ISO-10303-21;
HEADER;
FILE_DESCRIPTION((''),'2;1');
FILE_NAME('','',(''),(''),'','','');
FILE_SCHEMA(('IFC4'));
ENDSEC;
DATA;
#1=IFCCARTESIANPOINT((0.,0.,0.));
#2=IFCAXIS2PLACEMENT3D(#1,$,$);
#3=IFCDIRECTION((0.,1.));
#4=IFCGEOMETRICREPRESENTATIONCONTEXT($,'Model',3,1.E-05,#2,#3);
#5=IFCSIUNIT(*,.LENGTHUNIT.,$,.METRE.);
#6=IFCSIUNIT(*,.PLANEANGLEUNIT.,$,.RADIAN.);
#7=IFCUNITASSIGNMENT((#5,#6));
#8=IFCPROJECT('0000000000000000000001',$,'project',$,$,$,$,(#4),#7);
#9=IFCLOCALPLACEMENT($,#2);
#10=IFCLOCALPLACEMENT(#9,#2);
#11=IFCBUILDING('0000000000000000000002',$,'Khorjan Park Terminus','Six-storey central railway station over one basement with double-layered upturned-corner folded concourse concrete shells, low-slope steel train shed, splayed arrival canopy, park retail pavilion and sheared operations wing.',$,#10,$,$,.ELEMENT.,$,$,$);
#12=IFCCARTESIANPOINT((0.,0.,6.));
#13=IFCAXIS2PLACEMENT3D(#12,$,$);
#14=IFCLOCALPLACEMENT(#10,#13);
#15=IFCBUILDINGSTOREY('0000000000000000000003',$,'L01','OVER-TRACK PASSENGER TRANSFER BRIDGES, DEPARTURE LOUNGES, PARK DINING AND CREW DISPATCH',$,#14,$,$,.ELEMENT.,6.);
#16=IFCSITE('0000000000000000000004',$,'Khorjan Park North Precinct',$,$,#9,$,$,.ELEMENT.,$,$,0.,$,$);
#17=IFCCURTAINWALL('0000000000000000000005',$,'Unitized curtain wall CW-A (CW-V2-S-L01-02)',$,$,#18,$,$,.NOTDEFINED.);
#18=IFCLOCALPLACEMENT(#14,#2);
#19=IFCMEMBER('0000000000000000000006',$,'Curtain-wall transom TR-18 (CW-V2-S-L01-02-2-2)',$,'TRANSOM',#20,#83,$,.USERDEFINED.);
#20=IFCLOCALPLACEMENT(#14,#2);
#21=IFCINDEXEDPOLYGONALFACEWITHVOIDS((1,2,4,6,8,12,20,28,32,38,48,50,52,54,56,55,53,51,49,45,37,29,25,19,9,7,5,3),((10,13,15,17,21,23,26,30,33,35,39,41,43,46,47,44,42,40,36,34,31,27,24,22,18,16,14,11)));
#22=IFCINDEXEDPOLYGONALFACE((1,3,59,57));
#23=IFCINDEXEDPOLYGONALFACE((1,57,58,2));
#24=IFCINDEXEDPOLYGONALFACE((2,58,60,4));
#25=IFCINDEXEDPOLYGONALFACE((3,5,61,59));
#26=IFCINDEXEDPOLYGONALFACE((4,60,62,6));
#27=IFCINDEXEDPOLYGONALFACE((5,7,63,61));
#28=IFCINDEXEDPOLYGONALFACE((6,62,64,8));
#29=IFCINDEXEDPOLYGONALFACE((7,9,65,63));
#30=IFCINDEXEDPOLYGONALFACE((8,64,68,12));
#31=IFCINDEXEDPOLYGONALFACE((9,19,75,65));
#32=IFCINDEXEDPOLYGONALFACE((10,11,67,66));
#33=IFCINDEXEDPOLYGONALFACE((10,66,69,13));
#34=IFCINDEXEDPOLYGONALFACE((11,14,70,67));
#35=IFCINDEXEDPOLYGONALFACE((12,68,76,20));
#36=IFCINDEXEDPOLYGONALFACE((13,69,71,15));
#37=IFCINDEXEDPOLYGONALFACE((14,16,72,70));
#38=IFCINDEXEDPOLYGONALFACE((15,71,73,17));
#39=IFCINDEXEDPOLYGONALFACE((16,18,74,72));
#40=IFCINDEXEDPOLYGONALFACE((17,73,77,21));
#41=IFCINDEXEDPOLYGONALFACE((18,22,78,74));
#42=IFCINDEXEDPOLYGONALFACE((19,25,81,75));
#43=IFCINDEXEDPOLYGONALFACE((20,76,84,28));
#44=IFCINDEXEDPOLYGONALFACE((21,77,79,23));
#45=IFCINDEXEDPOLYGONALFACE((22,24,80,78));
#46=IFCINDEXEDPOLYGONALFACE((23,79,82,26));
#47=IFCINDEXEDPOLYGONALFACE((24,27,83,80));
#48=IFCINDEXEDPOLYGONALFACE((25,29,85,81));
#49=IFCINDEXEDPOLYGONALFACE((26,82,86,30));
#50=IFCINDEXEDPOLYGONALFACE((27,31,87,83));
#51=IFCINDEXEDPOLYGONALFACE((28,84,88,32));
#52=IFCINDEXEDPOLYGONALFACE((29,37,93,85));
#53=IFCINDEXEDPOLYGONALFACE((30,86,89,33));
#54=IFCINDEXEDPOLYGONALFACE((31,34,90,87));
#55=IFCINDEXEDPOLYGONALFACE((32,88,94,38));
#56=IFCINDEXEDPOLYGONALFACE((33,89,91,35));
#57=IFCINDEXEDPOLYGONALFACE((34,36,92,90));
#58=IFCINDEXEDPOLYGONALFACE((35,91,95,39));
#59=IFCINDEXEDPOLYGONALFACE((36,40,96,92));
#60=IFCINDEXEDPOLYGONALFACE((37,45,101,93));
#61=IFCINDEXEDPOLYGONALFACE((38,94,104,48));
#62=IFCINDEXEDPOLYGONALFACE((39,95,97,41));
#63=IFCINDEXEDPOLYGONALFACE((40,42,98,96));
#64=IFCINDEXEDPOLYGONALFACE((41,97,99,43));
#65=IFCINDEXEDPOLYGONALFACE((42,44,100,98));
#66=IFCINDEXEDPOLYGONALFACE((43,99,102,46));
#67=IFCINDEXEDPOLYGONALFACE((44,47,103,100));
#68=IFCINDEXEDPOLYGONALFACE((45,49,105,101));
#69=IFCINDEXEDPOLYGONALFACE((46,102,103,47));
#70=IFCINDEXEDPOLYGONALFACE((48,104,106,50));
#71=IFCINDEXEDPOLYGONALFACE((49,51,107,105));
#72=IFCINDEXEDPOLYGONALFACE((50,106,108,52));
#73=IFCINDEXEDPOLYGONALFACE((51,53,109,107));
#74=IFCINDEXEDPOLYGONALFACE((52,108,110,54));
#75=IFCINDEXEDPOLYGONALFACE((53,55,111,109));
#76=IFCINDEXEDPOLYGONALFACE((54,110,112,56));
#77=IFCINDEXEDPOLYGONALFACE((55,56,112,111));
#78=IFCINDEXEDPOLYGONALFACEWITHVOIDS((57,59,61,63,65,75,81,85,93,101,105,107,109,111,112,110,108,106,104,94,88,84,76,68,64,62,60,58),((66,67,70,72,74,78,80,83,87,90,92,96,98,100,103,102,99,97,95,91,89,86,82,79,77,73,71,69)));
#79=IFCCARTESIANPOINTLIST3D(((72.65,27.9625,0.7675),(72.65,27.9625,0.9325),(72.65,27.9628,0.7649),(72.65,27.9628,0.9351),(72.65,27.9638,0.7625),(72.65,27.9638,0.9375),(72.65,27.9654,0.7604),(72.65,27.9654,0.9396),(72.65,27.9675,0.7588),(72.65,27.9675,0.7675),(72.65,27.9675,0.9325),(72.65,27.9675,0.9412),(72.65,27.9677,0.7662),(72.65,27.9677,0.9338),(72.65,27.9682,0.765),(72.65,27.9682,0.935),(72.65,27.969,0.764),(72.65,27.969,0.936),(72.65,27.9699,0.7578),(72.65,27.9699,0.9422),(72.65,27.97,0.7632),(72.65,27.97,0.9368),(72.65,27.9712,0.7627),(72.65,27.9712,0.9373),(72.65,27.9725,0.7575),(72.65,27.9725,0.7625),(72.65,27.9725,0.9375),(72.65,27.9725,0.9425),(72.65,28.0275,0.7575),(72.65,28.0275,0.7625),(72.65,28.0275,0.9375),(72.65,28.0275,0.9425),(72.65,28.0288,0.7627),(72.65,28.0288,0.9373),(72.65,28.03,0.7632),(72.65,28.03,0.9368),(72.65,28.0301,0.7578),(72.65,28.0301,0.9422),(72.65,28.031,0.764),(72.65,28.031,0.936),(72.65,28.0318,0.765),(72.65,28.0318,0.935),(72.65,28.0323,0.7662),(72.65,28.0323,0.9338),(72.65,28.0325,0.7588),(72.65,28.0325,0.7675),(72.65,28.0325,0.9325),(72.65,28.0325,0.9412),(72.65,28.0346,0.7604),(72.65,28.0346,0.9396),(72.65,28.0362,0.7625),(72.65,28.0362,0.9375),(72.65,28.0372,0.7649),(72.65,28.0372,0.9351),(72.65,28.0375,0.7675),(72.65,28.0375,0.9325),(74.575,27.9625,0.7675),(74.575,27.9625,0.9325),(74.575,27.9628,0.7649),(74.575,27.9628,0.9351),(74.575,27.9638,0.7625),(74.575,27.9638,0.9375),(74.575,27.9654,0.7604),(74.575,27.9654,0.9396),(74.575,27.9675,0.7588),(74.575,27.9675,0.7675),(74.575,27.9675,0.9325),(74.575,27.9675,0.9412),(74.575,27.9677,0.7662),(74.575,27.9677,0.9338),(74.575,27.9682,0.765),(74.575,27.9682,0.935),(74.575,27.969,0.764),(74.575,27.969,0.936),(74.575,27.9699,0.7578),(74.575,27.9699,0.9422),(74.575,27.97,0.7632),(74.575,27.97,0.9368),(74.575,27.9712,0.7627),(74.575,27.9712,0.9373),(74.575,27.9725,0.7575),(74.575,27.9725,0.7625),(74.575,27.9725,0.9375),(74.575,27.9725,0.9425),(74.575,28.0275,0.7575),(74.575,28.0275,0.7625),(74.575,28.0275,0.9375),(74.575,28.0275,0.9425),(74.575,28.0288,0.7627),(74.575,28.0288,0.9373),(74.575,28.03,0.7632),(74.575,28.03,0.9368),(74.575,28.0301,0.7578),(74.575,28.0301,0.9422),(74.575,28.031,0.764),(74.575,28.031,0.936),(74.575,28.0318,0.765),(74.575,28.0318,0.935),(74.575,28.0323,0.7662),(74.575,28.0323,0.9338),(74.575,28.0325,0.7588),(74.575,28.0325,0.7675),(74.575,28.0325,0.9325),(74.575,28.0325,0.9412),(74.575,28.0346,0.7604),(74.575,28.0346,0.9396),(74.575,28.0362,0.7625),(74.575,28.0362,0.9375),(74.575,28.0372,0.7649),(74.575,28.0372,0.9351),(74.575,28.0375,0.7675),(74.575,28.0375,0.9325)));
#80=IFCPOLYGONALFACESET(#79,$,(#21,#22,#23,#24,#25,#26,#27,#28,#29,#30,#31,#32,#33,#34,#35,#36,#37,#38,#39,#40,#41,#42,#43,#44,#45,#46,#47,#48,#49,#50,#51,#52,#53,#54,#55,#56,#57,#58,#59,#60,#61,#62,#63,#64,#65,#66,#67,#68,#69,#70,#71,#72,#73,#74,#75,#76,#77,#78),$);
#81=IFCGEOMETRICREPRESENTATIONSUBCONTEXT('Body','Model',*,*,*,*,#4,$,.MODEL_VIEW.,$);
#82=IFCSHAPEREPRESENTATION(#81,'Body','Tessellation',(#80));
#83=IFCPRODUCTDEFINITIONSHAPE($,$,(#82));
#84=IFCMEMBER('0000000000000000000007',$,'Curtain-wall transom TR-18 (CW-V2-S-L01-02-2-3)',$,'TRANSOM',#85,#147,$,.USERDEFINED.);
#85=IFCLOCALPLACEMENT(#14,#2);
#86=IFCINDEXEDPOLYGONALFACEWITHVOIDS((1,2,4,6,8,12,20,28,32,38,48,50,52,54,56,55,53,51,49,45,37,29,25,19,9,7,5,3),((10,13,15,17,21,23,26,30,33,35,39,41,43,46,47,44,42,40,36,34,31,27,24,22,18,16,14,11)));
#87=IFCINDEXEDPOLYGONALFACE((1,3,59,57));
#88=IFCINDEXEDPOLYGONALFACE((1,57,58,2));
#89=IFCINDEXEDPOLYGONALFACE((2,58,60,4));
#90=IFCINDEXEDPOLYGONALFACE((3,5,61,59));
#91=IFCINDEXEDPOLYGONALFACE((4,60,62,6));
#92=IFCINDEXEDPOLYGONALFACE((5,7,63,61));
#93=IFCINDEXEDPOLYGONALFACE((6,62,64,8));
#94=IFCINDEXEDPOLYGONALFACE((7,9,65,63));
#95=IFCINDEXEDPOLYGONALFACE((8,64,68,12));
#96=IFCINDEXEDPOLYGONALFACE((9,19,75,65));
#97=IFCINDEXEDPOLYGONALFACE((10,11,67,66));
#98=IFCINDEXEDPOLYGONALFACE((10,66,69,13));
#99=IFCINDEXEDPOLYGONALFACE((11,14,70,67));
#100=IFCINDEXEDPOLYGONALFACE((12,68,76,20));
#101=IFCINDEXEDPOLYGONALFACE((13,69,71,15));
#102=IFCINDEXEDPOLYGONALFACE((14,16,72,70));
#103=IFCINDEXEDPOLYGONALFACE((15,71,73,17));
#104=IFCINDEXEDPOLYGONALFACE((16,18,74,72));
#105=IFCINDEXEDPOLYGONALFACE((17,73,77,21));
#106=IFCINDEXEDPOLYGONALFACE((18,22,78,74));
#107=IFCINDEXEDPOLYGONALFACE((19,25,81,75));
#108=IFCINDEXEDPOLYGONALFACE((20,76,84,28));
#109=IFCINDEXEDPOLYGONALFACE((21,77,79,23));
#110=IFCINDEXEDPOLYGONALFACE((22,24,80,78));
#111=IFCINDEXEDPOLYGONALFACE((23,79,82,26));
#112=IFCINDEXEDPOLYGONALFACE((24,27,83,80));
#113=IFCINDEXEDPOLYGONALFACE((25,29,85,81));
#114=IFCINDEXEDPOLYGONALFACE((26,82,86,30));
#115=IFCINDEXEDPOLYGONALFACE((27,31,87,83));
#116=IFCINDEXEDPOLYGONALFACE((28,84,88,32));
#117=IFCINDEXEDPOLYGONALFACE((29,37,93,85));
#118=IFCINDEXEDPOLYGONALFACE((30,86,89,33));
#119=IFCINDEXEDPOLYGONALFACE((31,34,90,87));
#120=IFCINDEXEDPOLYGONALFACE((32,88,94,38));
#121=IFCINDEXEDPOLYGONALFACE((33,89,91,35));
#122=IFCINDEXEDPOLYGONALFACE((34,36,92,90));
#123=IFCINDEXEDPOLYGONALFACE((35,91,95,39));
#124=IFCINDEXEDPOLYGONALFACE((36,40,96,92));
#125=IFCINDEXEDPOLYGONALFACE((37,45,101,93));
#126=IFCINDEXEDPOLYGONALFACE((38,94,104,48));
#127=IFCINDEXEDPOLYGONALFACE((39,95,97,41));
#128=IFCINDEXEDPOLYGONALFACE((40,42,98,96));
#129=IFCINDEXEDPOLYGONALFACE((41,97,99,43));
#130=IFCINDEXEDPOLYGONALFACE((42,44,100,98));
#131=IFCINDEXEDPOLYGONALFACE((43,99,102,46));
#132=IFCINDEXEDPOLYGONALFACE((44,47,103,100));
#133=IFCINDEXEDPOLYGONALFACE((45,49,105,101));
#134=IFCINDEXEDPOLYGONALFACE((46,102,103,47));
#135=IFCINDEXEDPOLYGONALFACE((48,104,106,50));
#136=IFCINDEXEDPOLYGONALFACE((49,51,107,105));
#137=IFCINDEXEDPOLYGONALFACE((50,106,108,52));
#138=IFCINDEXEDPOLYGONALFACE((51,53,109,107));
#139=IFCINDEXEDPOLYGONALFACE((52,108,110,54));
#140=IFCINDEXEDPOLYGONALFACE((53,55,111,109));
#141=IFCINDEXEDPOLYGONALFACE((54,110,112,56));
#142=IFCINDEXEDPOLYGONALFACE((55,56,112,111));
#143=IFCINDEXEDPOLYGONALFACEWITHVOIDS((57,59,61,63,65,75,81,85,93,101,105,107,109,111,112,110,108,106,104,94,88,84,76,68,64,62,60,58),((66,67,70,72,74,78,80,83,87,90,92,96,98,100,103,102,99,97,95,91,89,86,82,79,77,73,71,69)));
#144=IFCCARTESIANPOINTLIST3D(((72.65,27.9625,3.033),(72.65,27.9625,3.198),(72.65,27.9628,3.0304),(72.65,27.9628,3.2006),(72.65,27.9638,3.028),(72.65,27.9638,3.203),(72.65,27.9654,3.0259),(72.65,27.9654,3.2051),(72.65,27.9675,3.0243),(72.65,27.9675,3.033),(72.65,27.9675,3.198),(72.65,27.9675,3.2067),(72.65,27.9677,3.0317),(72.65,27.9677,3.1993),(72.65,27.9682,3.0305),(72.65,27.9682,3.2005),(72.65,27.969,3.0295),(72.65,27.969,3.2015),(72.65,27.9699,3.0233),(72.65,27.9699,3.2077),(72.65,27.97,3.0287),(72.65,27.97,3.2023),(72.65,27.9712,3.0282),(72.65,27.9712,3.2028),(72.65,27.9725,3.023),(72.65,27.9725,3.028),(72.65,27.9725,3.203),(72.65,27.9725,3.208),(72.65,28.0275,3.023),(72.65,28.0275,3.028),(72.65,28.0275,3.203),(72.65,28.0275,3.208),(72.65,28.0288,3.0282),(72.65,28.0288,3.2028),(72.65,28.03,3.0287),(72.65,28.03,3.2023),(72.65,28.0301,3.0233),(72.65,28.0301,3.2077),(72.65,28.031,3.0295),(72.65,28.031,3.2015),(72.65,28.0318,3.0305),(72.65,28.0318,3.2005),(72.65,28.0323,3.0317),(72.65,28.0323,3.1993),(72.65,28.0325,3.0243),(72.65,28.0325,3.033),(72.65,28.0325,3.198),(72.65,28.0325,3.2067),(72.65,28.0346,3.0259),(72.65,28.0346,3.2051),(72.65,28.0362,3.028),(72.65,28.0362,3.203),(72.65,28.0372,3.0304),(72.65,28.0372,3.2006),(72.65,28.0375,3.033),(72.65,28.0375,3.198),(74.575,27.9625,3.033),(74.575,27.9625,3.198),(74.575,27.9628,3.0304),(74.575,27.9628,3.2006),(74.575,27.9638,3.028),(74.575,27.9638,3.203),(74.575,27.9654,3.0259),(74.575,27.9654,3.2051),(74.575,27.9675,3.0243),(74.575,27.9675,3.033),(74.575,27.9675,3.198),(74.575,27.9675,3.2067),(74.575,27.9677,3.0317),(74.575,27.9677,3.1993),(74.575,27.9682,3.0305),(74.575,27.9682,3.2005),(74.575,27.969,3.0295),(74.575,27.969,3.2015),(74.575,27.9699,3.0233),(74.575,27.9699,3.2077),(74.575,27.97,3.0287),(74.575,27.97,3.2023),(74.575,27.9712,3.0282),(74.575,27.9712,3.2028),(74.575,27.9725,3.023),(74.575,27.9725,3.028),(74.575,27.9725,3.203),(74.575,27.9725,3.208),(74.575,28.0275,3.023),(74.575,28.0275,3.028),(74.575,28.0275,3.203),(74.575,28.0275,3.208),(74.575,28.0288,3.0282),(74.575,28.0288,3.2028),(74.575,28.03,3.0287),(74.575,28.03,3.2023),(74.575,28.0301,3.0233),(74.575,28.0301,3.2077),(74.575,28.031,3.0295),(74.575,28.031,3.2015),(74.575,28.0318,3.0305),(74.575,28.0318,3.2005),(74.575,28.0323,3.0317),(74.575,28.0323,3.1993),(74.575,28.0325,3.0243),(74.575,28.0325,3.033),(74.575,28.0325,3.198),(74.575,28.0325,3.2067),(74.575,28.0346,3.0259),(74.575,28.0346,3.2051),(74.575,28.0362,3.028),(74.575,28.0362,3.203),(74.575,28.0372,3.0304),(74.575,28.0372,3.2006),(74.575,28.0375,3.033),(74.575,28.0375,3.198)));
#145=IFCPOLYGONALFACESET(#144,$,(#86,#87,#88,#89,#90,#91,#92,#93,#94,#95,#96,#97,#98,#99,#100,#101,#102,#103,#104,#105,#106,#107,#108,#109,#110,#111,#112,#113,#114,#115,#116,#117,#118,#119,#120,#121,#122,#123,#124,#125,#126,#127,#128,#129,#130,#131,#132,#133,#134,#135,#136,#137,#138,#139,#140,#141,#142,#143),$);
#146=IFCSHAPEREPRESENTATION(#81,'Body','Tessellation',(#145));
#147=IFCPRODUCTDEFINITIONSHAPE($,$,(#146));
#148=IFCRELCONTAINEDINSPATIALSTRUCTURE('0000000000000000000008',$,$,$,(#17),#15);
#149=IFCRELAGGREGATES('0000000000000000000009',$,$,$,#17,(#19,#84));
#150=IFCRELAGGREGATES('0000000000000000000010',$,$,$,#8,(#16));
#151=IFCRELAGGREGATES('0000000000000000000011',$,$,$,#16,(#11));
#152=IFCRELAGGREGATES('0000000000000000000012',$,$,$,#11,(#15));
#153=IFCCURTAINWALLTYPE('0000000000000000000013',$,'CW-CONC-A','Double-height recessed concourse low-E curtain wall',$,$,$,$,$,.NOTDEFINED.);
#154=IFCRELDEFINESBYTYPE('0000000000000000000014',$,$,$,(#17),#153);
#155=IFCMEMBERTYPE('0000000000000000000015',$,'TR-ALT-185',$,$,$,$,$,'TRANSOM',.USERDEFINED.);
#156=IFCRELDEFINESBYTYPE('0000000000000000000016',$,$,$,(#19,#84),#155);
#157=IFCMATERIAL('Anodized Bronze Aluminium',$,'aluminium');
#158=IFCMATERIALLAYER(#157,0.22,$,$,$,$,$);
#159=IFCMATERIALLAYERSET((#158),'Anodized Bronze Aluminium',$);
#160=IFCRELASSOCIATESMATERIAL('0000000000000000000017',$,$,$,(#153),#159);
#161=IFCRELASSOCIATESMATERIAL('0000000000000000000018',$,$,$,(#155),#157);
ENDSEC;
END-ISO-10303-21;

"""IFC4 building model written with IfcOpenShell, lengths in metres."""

from ifc_helpers import new_model, si_unit, direction, frame, origin, origin_2d, place, context, subcontext, project, spatial, hollow_rectangle, extrude, material, layer, layer_set, material_profile, profile_set, type_object, element, aggregate, save


model = new_model("IFC4")

# Units and contexts
model_context = context("Model", 3, precision=1e-05, world=origin(), true_north=direction((0.0, 1.0)))
body_context = subcontext(model_context, "Body", "Model", "MODEL_VIEW")
ifc_project = project(units=[si_unit("LENGTHUNIT", "METRE"), si_unit("PLANEANGLEUNIT", "RADIAN")], contexts=[model_context])

# Site, building, storey
site_placement = place(None, origin())
site = spatial("IfcSite", under=ifc_project, at=site_placement, Name="Khorjan Park North Precinct", CompositionType="ELEMENT", RefElevation=0.0)
building_placement = place(site_placement, origin())
building = spatial("IfcBuilding", under=site, at=building_placement, Name="Khorjan Park Terminus", Description="Six-storey central railway station over one basement with double-layered upturned-corner folded concourse concrete shells, low-slope steel train shed, splayed arrival canopy, park retail pavilion and sheared operations wing.", CompositionType="ELEMENT")
storey_placement = place(building_placement, frame((0.0, 0.0, 6.0)))
storey = spatial("IfcBuildingStorey", under=building, at=storey_placement, Name="L01", Description="OVER-TRACK PASSENGER TRANSFER BRIDGES, DEPARTURE LOUNGES, PARK DINING AND CREW DISPATCH", CompositionType="ELEMENT", Elevation=6.0)

# Curtain wall
ifc_material_1 = material(Name="Anodized Bronze Aluminium", Category="aluminium")
ifc_layer_1 = layer(ifc_material_1, 0.22)
ifc_layer_set_1 = layer_set([ifc_layer_1], Name="Anodized Bronze Aluminium")
curtain_wall_type = type_object("IfcCurtainWallType", Name="CW-CONC-A", Description="Double-height recessed concourse low-E curtain wall", PredefinedType="NOTDEFINED", material=ifc_layer_set_1)
curtain_wall_1_placement = place(storey_placement, origin())
curtain_wall_1 = element("IfcCurtainWall", 1, at=curtain_wall_1_placement, inside=storey, type_object=curtain_wall_type, Name="Unitized curtain wall CW-A (CW-V2-S-L01-02)", PredefinedType="NOTDEFINED")

# Members
ifc_material_profile_1 = material_profile(ifc_material_1, hollow_rectangle(XDim=0.075, YDim=0.185, WallThickness=0.005, InnerFilletRadius=0.005, OuterFilletRadius=0.01, at=origin_2d()), Name="ALT 75x185x5")
ifc_profile_set_1 = profile_set([ifc_material_profile_1], Name="Anodized Bronze Aluminium")
member_type_1 = type_object("IfcMemberType", Name="TR-ALT-185", ElementType="TRANSOM", PredefinedType="USERDEFINED", material=ifc_profile_set_1)
member_1_placement = place(storey_placement, frame((72.65, 28.0, 0.85), z_axis=(1.0, 0.0, 0.0), x_axis=(0.0, 1.0, 0.0)))
member_1 = element("IfcMember", 2, at=member_1_placement, type_object=member_type_1, Name="Curtain-wall transom TR-18 (CW-V2-S-L01-02-2-2)", ObjectType="TRANSOM", PredefinedType="USERDEFINED", context=body_context, shape_type="SweptSolid", body=[
    extrude(hollow_rectangle(XDim=0.075, YDim=0.185, WallThickness=0.005, InnerFilletRadius=0.005, OuterFilletRadius=0.01, at=origin_2d()), origin(), (0.0, 0.0, 1.0), 1.925),
])
member_2_placement = place(storey_placement, frame((72.65, 28.0, 3.1155), z_axis=(1.0, 0.0, 0.0), x_axis=(0.0, 1.0, 0.0)))
member_2 = element("IfcMember", 3, at=member_2_placement, type_object=member_type_1, Name="Curtain-wall transom TR-18 (CW-V2-S-L01-02-2-3)", ObjectType="TRANSOM", PredefinedType="USERDEFINED", context=body_context, shape_type="SweptSolid", body=[
    extrude(hollow_rectangle(XDim=0.075, YDim=0.185, WallThickness=0.005, InnerFilletRadius=0.005, OuterFilletRadius=0.01, at=origin_2d()), origin(), (0.0, 0.0, 1.0), 1.925),
])

aggregate(curtain_wall_1, [member_1, member_2])

save(model, "model.ifc")
